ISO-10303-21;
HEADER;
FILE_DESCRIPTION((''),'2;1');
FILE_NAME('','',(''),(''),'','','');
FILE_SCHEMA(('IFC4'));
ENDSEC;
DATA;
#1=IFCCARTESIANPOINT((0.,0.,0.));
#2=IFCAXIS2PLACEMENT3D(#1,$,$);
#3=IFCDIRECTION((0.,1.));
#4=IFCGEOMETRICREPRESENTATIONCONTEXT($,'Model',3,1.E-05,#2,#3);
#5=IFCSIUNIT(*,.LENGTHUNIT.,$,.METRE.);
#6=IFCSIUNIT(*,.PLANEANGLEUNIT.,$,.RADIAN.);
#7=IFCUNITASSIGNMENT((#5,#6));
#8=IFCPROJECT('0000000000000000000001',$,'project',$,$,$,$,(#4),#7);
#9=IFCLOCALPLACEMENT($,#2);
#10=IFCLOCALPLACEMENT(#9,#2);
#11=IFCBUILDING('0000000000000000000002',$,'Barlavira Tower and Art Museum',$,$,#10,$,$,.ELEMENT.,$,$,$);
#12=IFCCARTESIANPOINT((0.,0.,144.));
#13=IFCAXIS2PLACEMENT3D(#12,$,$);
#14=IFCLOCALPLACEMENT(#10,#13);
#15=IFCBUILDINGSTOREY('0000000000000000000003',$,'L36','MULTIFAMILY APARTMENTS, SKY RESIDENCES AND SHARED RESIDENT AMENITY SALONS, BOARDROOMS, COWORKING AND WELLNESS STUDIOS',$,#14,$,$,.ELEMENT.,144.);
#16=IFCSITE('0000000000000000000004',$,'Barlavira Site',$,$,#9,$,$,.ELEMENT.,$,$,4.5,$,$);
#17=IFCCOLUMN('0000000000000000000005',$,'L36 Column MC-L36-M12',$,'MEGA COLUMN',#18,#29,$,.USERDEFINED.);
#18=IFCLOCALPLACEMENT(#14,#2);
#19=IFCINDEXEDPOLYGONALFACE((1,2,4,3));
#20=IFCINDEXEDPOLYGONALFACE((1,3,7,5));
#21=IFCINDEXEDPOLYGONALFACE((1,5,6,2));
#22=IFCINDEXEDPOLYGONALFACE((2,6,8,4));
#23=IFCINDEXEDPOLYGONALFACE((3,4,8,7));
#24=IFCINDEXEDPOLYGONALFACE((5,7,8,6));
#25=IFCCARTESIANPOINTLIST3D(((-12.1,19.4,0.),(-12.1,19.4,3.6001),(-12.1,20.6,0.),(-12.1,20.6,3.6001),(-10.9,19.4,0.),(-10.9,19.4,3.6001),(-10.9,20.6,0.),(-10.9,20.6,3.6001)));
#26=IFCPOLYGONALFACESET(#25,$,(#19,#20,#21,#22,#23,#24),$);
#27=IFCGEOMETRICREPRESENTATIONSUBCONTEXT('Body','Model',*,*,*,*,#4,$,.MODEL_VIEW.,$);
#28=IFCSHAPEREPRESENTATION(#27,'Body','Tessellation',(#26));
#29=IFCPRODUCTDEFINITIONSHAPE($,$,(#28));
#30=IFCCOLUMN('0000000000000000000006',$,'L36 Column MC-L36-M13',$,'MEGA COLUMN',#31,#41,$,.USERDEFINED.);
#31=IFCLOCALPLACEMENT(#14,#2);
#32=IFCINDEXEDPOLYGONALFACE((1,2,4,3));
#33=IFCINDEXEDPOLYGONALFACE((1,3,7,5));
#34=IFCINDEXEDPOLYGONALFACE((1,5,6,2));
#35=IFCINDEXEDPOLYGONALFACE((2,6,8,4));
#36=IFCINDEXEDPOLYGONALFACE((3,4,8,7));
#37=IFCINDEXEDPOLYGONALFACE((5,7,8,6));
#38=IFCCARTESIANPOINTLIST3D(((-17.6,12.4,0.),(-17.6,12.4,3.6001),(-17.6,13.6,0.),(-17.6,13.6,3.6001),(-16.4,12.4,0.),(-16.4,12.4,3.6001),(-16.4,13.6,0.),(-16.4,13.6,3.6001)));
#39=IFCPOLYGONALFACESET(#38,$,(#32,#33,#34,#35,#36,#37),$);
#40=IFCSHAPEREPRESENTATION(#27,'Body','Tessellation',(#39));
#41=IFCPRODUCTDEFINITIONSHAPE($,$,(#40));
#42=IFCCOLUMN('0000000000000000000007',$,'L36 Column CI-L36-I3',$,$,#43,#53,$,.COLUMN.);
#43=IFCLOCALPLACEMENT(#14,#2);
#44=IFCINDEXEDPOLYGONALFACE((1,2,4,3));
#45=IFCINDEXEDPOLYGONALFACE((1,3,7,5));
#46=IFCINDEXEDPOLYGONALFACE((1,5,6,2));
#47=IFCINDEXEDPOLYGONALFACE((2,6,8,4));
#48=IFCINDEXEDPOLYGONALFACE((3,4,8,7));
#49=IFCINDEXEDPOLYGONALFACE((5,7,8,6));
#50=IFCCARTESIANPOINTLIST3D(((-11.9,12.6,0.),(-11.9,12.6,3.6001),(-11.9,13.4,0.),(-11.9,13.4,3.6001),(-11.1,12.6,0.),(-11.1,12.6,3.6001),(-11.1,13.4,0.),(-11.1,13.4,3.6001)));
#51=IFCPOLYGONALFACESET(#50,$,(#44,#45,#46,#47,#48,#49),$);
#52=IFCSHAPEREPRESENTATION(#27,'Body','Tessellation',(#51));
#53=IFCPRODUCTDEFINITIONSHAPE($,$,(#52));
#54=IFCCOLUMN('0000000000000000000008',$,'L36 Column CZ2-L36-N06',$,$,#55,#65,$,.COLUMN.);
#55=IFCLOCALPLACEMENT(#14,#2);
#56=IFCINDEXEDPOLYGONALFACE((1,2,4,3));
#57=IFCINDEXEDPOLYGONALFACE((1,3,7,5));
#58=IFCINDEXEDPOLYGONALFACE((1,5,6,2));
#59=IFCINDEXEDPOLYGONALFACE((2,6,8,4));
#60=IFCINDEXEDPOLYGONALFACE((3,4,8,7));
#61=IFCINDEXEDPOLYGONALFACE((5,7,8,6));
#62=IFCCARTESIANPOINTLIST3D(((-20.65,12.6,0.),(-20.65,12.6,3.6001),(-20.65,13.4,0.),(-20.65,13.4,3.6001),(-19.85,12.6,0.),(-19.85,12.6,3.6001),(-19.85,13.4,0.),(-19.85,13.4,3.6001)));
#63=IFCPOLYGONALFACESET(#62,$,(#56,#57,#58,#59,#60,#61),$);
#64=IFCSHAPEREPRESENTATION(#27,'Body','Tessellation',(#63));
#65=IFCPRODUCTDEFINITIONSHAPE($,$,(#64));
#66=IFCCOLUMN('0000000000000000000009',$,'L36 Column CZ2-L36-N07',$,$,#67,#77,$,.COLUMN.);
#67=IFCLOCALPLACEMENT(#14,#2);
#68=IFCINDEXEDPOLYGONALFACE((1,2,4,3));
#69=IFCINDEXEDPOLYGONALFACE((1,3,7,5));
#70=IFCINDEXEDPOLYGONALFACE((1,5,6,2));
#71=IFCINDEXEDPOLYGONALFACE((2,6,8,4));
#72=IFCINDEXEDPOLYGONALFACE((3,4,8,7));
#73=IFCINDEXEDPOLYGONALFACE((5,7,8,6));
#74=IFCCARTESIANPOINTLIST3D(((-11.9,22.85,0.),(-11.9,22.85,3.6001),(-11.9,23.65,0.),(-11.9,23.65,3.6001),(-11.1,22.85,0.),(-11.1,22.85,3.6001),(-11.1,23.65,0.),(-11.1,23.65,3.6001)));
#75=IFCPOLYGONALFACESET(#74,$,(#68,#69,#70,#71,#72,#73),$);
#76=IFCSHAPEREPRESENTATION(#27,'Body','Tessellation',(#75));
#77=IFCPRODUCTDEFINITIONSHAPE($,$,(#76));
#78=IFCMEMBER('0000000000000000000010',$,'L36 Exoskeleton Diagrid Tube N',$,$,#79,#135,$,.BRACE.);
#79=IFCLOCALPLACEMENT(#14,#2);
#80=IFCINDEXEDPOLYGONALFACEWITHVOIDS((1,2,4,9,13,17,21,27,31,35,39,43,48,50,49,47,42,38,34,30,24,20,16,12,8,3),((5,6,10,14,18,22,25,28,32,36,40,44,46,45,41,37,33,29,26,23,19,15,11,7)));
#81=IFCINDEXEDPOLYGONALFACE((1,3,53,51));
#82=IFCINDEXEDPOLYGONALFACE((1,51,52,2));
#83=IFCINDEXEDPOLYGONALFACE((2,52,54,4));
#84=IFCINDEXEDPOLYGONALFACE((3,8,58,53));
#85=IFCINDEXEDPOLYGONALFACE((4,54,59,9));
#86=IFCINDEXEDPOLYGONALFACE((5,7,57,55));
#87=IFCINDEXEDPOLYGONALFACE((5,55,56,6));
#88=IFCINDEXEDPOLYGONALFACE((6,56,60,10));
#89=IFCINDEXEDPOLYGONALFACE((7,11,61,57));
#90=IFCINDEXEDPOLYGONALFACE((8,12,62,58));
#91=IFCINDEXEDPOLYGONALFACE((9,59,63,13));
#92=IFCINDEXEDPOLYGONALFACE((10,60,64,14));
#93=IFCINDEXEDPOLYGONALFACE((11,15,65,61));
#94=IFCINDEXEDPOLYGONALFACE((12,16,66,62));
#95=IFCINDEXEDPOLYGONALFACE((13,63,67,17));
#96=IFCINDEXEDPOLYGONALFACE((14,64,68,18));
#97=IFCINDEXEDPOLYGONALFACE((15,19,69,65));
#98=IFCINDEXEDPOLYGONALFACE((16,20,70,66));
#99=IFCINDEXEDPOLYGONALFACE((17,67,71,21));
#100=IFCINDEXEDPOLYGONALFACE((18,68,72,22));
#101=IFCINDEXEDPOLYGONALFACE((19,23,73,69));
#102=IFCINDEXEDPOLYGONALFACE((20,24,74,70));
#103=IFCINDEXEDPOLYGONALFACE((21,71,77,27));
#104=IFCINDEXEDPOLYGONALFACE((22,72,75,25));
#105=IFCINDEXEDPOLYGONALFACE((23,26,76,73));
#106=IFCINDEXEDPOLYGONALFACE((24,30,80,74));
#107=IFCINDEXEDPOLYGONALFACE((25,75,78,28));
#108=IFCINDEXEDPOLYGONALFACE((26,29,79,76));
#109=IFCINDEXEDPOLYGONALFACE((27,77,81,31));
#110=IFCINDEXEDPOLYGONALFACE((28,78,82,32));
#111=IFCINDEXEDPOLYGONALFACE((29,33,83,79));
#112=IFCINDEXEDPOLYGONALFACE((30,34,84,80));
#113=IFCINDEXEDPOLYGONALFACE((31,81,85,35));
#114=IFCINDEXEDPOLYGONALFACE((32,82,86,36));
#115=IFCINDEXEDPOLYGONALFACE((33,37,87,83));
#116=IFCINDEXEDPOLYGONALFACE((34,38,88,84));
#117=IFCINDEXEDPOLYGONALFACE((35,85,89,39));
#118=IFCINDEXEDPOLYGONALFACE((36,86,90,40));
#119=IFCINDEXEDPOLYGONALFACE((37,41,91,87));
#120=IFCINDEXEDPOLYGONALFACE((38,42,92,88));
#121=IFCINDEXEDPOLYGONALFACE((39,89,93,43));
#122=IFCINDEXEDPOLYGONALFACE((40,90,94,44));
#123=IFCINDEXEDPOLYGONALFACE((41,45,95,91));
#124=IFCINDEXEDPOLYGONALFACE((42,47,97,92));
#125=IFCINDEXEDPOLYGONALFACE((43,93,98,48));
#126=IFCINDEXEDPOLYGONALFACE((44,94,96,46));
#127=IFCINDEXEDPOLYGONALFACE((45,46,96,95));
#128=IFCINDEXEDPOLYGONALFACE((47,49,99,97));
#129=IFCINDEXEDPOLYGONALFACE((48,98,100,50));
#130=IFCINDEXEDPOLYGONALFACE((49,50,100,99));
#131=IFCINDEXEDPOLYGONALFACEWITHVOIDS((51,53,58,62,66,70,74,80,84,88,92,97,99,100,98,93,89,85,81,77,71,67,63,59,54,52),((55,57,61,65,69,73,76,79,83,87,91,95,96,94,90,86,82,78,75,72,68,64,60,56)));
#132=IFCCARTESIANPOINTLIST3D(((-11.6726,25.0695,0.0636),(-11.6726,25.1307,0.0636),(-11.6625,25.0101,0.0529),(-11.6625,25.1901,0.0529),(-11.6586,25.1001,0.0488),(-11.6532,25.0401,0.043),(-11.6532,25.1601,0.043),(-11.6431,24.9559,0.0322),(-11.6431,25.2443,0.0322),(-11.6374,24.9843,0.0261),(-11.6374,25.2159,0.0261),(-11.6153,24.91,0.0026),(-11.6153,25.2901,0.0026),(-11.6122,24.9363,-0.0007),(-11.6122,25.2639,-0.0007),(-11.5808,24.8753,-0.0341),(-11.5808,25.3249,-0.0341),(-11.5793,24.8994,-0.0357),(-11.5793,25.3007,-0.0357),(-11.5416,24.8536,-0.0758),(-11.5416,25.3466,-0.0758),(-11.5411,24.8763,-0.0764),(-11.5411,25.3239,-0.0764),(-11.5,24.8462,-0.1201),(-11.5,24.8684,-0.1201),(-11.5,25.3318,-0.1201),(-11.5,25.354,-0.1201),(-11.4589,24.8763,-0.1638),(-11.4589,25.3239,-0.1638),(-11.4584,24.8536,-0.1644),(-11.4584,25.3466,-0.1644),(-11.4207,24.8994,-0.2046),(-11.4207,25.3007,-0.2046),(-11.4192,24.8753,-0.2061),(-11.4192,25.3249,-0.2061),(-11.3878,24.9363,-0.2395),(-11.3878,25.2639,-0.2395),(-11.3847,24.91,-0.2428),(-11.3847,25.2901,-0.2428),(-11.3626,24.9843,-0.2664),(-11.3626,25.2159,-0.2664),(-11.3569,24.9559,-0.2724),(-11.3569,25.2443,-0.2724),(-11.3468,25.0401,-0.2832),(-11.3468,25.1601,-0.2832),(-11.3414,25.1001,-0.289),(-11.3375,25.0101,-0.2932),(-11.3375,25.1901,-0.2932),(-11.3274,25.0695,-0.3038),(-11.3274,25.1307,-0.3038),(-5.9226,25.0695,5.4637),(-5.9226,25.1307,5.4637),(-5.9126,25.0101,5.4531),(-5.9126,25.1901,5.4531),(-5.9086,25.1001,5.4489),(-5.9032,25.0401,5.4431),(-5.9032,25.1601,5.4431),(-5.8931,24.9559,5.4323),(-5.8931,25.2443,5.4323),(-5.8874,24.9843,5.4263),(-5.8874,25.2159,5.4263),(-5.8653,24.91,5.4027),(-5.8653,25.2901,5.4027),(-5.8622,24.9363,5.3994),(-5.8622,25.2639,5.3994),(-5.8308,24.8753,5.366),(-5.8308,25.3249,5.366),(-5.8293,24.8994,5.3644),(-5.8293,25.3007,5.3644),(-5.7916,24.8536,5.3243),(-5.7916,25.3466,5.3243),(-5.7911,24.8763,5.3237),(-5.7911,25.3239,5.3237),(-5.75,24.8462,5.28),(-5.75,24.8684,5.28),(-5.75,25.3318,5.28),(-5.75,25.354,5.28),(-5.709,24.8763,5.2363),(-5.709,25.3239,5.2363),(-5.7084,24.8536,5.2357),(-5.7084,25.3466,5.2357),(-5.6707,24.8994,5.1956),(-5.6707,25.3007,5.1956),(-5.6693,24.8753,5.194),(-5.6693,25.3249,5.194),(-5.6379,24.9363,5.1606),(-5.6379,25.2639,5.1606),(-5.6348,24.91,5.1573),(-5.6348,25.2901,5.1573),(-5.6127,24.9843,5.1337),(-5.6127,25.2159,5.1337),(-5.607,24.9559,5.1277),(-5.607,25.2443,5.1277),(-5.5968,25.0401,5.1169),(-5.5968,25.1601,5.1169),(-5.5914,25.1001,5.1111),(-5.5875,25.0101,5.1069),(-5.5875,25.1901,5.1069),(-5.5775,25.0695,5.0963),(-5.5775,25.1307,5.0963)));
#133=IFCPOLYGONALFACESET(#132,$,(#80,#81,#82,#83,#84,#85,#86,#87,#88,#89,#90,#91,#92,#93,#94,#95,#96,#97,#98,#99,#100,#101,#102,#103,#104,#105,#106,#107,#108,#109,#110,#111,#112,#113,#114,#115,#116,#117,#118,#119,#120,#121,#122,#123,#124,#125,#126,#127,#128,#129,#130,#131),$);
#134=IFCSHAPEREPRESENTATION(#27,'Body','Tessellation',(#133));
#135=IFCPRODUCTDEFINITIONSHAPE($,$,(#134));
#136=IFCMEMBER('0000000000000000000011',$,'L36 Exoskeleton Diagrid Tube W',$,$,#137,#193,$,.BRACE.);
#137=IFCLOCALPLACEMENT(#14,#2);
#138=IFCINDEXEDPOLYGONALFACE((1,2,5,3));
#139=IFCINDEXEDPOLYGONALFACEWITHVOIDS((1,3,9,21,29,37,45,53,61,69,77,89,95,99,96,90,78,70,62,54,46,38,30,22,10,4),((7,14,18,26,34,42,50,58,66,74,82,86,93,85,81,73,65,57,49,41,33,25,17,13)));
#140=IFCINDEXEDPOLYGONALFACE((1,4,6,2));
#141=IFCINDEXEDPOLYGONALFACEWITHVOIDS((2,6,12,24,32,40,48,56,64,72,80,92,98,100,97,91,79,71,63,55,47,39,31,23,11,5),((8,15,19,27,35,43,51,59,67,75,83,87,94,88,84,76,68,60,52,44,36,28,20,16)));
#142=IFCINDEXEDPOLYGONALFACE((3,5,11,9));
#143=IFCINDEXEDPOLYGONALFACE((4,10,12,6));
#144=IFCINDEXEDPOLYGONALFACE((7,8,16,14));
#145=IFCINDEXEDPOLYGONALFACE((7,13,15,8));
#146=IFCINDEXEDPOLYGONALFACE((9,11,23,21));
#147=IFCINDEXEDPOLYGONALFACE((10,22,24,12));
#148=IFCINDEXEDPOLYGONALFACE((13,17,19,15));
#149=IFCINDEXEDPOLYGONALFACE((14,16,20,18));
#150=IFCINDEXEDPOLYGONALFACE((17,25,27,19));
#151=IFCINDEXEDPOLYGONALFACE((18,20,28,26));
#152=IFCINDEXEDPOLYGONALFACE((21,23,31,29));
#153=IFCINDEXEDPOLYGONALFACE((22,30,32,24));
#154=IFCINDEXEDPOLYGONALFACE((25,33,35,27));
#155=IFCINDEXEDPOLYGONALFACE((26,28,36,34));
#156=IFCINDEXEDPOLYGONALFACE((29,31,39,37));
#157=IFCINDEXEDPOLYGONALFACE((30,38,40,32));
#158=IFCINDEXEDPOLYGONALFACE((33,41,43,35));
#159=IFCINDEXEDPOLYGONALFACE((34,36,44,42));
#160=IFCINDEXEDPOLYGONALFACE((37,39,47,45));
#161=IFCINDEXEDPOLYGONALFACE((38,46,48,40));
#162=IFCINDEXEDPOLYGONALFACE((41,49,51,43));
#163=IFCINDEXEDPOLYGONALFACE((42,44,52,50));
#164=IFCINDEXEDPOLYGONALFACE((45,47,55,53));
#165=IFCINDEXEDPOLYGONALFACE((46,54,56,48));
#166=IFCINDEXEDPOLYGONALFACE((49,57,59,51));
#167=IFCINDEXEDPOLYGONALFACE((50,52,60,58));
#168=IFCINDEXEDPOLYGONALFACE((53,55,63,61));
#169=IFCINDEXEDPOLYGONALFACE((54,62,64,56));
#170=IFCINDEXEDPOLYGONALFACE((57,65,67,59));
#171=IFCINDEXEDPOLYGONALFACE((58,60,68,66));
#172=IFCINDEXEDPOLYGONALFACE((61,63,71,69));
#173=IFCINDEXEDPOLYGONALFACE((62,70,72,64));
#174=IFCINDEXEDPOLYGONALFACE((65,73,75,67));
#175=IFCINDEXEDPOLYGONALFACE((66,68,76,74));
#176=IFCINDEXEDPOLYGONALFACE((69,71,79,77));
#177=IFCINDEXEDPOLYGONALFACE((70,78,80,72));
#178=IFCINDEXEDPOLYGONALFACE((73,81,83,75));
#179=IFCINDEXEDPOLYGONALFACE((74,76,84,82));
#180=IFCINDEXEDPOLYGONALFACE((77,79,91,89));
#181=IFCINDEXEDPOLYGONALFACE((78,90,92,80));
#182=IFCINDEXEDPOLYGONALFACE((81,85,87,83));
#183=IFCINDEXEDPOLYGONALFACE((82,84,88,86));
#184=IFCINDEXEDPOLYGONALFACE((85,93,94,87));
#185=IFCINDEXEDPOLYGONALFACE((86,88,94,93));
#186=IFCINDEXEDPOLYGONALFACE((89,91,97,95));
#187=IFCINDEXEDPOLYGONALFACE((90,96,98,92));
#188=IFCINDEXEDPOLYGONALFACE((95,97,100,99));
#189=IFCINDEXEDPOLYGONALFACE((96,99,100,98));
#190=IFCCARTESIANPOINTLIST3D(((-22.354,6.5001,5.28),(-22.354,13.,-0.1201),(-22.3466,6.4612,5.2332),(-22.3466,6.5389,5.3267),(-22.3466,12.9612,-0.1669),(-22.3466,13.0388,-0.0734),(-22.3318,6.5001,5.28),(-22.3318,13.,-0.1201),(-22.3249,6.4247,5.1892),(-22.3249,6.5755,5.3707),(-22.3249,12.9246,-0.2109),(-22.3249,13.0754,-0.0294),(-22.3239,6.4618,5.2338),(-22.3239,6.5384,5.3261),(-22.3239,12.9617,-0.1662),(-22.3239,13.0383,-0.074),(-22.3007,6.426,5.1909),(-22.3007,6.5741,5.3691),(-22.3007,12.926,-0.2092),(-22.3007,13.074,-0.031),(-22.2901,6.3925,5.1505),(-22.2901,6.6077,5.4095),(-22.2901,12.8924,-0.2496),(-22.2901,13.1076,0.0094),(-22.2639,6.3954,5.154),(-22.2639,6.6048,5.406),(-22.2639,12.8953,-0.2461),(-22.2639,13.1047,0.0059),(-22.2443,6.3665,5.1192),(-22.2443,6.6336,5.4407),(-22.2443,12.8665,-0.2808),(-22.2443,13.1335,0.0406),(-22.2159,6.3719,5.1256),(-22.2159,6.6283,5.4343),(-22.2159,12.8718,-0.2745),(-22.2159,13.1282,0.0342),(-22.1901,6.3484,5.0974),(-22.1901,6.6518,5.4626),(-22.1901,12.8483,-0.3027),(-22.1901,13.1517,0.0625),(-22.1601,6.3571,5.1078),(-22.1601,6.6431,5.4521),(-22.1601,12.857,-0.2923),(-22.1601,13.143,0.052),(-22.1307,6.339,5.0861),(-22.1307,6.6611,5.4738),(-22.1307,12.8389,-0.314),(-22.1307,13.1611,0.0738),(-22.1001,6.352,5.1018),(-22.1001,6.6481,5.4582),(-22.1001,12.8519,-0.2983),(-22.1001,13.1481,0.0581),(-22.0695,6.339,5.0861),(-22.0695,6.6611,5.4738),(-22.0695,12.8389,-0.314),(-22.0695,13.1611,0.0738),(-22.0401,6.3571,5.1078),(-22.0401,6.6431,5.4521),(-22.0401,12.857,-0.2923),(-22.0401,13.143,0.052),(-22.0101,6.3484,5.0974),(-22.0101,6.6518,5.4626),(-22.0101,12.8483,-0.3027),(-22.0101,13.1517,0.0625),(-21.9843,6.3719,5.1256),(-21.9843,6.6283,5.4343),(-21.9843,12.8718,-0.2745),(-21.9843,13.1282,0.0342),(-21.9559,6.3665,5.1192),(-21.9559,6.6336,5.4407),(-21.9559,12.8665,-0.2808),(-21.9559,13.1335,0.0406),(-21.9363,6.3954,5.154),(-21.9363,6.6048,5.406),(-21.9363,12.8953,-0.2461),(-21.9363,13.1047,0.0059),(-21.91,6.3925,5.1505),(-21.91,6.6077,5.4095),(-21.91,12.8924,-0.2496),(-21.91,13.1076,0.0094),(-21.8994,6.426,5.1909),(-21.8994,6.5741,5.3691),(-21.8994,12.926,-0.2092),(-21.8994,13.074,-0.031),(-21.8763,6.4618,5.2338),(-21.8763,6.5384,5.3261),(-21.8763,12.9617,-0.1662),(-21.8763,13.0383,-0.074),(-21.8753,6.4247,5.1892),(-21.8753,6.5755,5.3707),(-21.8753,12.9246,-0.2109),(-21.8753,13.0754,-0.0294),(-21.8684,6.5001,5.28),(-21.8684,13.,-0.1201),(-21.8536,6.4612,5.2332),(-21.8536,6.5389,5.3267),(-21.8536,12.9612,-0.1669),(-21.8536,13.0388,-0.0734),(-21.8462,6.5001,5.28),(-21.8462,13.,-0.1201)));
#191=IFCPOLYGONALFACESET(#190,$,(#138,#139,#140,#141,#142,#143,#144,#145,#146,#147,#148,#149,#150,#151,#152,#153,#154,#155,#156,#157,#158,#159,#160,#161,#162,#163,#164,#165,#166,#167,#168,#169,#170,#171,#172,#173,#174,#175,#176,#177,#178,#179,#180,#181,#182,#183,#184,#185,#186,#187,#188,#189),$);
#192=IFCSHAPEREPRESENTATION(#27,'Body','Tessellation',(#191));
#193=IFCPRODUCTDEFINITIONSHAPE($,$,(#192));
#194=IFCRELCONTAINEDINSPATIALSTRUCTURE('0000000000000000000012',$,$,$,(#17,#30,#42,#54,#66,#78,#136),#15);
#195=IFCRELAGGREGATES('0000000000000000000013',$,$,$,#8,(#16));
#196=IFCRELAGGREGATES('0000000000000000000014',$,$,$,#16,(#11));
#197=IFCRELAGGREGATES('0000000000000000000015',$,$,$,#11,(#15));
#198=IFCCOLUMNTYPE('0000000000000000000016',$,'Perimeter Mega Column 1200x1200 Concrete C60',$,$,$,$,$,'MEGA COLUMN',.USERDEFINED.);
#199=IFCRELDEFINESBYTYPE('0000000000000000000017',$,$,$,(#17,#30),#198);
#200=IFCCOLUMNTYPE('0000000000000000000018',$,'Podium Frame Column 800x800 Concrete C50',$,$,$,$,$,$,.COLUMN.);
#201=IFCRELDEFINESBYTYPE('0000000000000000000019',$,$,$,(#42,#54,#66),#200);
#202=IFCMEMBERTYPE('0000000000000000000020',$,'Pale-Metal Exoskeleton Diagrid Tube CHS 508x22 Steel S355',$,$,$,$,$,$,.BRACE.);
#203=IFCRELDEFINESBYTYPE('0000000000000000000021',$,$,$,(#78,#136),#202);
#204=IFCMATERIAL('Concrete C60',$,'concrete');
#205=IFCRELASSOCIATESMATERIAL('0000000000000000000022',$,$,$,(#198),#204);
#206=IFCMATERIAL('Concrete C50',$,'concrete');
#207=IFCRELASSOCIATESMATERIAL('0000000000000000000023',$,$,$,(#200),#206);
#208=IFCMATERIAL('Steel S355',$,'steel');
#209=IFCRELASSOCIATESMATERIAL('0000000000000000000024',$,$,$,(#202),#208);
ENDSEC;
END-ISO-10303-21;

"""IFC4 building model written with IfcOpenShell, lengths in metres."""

from ifc_helpers import new_model, si_unit, direction, frame, origin, origin_2d, place, context, subcontext, project, spatial, rectangle, hollow_circle, extrude, material, material_profile, profile_set, type_object, element, save


model = new_model("IFC4")

# Units and contexts
model_context = context("Model", 3, precision=1e-05, world=origin(), true_north=direction((0.0, 1.0)))
body_context = subcontext(model_context, "Body", "Model", "MODEL_VIEW")
ifc_project = project(units=[si_unit("LENGTHUNIT", "METRE"), si_unit("PLANEANGLEUNIT", "RADIAN")], contexts=[model_context])

# Site, building, storey
site_placement = place(None, origin())
site = spatial("IfcSite", under=ifc_project, at=site_placement, Name="Barlavira Site", CompositionType="ELEMENT", RefElevation=4.5)
building_placement = place(site_placement, origin())
building = spatial("IfcBuilding", under=site, at=building_placement, Name="Barlavira Tower and Art Museum", CompositionType="ELEMENT")
storey_placement = place(building_placement, frame((0.0, 0.0, 144.0)))
storey = spatial("IfcBuildingStorey", under=building, at=storey_placement, Name="L36", Description="MULTIFAMILY APARTMENTS, SKY RESIDENCES AND SHARED RESIDENT AMENITY SALONS, BOARDROOMS, COWORKING AND WELLNESS STUDIOS", CompositionType="ELEMENT", Elevation=144.0)

# Columns
ifc_material_1 = material(Name="Concrete C60", Category="concrete")
ifc_material_profile_1 = material_profile(ifc_material_1, rectangle(XDim=1.2, YDim=1.2, at=origin_2d()), Name="RC-COL 1200x1200")
ifc_profile_set_1 = profile_set([ifc_material_profile_1], Name="Concrete C60")
column_type_1 = type_object("IfcColumnType", Name="Perimeter Mega Column 1200x1200 Concrete C60", ElementType="MEGA COLUMN", PredefinedType="USERDEFINED", material=ifc_profile_set_1)
for number, where, z_axis, x_axis, name in (
    (1, (-11.5, 20.0, 0.0), (0.0, 0.0, 1.0), (1.0, 0.0, 0.0), "L36 Column MC-L36-M12"),
    (2, (-17.0, 13.0, 0.0), (0.0, 0.0, 1.0), (1.0, 0.0, 0.0), "L36 Column MC-L36-M13"),
):
    element("IfcColumn", number, at=place(storey_placement, frame(where, z_axis=z_axis, x_axis=x_axis)), inside=storey, type_object=column_type_1, Name=name, ObjectType="MEGA COLUMN", PredefinedType="USERDEFINED", context=body_context, shape_type="SweptSolid", body=[
        extrude(rectangle(XDim=1.2, YDim=1.2, at=origin_2d()), origin(), (0.0, 0.0, 1.0), 3.6001),
    ])
ifc_material_2 = material(Name="Concrete C50", Category="concrete")
ifc_material_profile_2 = material_profile(ifc_material_2, rectangle(XDim=0.8, YDim=0.8, at=origin_2d()), Name="RC-COL 800x800")
ifc_profile_set_2 = profile_set([ifc_material_profile_2], Name="Concrete C50")
column_type_2 = type_object("IfcColumnType", Name="Podium Frame Column 800x800 Concrete C50", PredefinedType="COLUMN", material=ifc_profile_set_2)
for number, where, z_axis, x_axis, name in (
    (3, (-11.5, 13.0, 0.0), (0.0, 0.0, 1.0), (1.0, 0.0, 0.0), "L36 Column CI-L36-I3"),
    (4, (-20.25, 13.0, 0.0), (0.0, 0.0, 1.0), (1.0, 0.0, 0.0), "L36 Column CZ2-L36-N06"),
    (5, (-11.5, 23.25, 0.0), (0.0, 0.0, 1.0), (1.0, 0.0, 0.0), "L36 Column CZ2-L36-N07"),
):
    element("IfcColumn", number, at=place(storey_placement, frame(where, z_axis=z_axis, x_axis=x_axis)), inside=storey, type_object=column_type_2, Name=name, PredefinedType="COLUMN", context=body_context, shape_type="SweptSolid", body=[
        extrude(rectangle(XDim=0.8, YDim=0.8, at=origin_2d()), origin(), (0.0, 0.0, 1.0), 3.6001),
    ])

# Members
ifc_material_3 = material(Name="Steel S355", Category="steel")
ifc_material_profile_3 = material_profile(ifc_material_3, hollow_circle(Radius=0.2539, WallThickness=0.0222, at=origin_2d()), Name="CHS 508.0x22.2")
ifc_profile_set_3 = profile_set([ifc_material_profile_3], Name="Steel S355")
member_type_1 = type_object("IfcMemberType", Name="Pale-Metal Exoskeleton Diagrid Tube CHS 508x22 Steel S355", PredefinedType="BRACE", material=ifc_profile_set_3)
member_1_placement = place(storey_placement, frame((-11.5, 25.1001, -0.1201), z_axis=(0.728935, 0.0, 0.684583), x_axis=(0.0, 1.0, 0.0)))
element("IfcMember", 6, at=member_1_placement, inside=storey, type_object=member_type_1, Name="L36 Exoskeleton Diagrid Tube N", PredefinedType="BRACE", context=body_context, shape_type="SweptSolid", body=[
    extrude(hollow_circle(Radius=0.2539, WallThickness=0.0222, at=origin_2d()), origin(), (0.0, 0.0, 1.0), 7.8882),
])
member_2_placement = place(storey_placement, frame((-22.1001, 13.0, -0.1201), z_axis=(0.0, -0.769182, 0.63903), x_axis=(1.0, 0.0, 0.0)))
element("IfcMember", 7, at=member_2_placement, inside=storey, type_object=member_type_1, Name="L36 Exoskeleton Diagrid Tube W", PredefinedType="BRACE", context=body_context, shape_type="SweptSolid", body=[
    extrude(hollow_circle(Radius=0.2539, WallThickness=0.0222, at=origin_2d()), origin(), (0.0, 0.0, 1.0), 8.4504),
])

save(model, "model.ifc")
